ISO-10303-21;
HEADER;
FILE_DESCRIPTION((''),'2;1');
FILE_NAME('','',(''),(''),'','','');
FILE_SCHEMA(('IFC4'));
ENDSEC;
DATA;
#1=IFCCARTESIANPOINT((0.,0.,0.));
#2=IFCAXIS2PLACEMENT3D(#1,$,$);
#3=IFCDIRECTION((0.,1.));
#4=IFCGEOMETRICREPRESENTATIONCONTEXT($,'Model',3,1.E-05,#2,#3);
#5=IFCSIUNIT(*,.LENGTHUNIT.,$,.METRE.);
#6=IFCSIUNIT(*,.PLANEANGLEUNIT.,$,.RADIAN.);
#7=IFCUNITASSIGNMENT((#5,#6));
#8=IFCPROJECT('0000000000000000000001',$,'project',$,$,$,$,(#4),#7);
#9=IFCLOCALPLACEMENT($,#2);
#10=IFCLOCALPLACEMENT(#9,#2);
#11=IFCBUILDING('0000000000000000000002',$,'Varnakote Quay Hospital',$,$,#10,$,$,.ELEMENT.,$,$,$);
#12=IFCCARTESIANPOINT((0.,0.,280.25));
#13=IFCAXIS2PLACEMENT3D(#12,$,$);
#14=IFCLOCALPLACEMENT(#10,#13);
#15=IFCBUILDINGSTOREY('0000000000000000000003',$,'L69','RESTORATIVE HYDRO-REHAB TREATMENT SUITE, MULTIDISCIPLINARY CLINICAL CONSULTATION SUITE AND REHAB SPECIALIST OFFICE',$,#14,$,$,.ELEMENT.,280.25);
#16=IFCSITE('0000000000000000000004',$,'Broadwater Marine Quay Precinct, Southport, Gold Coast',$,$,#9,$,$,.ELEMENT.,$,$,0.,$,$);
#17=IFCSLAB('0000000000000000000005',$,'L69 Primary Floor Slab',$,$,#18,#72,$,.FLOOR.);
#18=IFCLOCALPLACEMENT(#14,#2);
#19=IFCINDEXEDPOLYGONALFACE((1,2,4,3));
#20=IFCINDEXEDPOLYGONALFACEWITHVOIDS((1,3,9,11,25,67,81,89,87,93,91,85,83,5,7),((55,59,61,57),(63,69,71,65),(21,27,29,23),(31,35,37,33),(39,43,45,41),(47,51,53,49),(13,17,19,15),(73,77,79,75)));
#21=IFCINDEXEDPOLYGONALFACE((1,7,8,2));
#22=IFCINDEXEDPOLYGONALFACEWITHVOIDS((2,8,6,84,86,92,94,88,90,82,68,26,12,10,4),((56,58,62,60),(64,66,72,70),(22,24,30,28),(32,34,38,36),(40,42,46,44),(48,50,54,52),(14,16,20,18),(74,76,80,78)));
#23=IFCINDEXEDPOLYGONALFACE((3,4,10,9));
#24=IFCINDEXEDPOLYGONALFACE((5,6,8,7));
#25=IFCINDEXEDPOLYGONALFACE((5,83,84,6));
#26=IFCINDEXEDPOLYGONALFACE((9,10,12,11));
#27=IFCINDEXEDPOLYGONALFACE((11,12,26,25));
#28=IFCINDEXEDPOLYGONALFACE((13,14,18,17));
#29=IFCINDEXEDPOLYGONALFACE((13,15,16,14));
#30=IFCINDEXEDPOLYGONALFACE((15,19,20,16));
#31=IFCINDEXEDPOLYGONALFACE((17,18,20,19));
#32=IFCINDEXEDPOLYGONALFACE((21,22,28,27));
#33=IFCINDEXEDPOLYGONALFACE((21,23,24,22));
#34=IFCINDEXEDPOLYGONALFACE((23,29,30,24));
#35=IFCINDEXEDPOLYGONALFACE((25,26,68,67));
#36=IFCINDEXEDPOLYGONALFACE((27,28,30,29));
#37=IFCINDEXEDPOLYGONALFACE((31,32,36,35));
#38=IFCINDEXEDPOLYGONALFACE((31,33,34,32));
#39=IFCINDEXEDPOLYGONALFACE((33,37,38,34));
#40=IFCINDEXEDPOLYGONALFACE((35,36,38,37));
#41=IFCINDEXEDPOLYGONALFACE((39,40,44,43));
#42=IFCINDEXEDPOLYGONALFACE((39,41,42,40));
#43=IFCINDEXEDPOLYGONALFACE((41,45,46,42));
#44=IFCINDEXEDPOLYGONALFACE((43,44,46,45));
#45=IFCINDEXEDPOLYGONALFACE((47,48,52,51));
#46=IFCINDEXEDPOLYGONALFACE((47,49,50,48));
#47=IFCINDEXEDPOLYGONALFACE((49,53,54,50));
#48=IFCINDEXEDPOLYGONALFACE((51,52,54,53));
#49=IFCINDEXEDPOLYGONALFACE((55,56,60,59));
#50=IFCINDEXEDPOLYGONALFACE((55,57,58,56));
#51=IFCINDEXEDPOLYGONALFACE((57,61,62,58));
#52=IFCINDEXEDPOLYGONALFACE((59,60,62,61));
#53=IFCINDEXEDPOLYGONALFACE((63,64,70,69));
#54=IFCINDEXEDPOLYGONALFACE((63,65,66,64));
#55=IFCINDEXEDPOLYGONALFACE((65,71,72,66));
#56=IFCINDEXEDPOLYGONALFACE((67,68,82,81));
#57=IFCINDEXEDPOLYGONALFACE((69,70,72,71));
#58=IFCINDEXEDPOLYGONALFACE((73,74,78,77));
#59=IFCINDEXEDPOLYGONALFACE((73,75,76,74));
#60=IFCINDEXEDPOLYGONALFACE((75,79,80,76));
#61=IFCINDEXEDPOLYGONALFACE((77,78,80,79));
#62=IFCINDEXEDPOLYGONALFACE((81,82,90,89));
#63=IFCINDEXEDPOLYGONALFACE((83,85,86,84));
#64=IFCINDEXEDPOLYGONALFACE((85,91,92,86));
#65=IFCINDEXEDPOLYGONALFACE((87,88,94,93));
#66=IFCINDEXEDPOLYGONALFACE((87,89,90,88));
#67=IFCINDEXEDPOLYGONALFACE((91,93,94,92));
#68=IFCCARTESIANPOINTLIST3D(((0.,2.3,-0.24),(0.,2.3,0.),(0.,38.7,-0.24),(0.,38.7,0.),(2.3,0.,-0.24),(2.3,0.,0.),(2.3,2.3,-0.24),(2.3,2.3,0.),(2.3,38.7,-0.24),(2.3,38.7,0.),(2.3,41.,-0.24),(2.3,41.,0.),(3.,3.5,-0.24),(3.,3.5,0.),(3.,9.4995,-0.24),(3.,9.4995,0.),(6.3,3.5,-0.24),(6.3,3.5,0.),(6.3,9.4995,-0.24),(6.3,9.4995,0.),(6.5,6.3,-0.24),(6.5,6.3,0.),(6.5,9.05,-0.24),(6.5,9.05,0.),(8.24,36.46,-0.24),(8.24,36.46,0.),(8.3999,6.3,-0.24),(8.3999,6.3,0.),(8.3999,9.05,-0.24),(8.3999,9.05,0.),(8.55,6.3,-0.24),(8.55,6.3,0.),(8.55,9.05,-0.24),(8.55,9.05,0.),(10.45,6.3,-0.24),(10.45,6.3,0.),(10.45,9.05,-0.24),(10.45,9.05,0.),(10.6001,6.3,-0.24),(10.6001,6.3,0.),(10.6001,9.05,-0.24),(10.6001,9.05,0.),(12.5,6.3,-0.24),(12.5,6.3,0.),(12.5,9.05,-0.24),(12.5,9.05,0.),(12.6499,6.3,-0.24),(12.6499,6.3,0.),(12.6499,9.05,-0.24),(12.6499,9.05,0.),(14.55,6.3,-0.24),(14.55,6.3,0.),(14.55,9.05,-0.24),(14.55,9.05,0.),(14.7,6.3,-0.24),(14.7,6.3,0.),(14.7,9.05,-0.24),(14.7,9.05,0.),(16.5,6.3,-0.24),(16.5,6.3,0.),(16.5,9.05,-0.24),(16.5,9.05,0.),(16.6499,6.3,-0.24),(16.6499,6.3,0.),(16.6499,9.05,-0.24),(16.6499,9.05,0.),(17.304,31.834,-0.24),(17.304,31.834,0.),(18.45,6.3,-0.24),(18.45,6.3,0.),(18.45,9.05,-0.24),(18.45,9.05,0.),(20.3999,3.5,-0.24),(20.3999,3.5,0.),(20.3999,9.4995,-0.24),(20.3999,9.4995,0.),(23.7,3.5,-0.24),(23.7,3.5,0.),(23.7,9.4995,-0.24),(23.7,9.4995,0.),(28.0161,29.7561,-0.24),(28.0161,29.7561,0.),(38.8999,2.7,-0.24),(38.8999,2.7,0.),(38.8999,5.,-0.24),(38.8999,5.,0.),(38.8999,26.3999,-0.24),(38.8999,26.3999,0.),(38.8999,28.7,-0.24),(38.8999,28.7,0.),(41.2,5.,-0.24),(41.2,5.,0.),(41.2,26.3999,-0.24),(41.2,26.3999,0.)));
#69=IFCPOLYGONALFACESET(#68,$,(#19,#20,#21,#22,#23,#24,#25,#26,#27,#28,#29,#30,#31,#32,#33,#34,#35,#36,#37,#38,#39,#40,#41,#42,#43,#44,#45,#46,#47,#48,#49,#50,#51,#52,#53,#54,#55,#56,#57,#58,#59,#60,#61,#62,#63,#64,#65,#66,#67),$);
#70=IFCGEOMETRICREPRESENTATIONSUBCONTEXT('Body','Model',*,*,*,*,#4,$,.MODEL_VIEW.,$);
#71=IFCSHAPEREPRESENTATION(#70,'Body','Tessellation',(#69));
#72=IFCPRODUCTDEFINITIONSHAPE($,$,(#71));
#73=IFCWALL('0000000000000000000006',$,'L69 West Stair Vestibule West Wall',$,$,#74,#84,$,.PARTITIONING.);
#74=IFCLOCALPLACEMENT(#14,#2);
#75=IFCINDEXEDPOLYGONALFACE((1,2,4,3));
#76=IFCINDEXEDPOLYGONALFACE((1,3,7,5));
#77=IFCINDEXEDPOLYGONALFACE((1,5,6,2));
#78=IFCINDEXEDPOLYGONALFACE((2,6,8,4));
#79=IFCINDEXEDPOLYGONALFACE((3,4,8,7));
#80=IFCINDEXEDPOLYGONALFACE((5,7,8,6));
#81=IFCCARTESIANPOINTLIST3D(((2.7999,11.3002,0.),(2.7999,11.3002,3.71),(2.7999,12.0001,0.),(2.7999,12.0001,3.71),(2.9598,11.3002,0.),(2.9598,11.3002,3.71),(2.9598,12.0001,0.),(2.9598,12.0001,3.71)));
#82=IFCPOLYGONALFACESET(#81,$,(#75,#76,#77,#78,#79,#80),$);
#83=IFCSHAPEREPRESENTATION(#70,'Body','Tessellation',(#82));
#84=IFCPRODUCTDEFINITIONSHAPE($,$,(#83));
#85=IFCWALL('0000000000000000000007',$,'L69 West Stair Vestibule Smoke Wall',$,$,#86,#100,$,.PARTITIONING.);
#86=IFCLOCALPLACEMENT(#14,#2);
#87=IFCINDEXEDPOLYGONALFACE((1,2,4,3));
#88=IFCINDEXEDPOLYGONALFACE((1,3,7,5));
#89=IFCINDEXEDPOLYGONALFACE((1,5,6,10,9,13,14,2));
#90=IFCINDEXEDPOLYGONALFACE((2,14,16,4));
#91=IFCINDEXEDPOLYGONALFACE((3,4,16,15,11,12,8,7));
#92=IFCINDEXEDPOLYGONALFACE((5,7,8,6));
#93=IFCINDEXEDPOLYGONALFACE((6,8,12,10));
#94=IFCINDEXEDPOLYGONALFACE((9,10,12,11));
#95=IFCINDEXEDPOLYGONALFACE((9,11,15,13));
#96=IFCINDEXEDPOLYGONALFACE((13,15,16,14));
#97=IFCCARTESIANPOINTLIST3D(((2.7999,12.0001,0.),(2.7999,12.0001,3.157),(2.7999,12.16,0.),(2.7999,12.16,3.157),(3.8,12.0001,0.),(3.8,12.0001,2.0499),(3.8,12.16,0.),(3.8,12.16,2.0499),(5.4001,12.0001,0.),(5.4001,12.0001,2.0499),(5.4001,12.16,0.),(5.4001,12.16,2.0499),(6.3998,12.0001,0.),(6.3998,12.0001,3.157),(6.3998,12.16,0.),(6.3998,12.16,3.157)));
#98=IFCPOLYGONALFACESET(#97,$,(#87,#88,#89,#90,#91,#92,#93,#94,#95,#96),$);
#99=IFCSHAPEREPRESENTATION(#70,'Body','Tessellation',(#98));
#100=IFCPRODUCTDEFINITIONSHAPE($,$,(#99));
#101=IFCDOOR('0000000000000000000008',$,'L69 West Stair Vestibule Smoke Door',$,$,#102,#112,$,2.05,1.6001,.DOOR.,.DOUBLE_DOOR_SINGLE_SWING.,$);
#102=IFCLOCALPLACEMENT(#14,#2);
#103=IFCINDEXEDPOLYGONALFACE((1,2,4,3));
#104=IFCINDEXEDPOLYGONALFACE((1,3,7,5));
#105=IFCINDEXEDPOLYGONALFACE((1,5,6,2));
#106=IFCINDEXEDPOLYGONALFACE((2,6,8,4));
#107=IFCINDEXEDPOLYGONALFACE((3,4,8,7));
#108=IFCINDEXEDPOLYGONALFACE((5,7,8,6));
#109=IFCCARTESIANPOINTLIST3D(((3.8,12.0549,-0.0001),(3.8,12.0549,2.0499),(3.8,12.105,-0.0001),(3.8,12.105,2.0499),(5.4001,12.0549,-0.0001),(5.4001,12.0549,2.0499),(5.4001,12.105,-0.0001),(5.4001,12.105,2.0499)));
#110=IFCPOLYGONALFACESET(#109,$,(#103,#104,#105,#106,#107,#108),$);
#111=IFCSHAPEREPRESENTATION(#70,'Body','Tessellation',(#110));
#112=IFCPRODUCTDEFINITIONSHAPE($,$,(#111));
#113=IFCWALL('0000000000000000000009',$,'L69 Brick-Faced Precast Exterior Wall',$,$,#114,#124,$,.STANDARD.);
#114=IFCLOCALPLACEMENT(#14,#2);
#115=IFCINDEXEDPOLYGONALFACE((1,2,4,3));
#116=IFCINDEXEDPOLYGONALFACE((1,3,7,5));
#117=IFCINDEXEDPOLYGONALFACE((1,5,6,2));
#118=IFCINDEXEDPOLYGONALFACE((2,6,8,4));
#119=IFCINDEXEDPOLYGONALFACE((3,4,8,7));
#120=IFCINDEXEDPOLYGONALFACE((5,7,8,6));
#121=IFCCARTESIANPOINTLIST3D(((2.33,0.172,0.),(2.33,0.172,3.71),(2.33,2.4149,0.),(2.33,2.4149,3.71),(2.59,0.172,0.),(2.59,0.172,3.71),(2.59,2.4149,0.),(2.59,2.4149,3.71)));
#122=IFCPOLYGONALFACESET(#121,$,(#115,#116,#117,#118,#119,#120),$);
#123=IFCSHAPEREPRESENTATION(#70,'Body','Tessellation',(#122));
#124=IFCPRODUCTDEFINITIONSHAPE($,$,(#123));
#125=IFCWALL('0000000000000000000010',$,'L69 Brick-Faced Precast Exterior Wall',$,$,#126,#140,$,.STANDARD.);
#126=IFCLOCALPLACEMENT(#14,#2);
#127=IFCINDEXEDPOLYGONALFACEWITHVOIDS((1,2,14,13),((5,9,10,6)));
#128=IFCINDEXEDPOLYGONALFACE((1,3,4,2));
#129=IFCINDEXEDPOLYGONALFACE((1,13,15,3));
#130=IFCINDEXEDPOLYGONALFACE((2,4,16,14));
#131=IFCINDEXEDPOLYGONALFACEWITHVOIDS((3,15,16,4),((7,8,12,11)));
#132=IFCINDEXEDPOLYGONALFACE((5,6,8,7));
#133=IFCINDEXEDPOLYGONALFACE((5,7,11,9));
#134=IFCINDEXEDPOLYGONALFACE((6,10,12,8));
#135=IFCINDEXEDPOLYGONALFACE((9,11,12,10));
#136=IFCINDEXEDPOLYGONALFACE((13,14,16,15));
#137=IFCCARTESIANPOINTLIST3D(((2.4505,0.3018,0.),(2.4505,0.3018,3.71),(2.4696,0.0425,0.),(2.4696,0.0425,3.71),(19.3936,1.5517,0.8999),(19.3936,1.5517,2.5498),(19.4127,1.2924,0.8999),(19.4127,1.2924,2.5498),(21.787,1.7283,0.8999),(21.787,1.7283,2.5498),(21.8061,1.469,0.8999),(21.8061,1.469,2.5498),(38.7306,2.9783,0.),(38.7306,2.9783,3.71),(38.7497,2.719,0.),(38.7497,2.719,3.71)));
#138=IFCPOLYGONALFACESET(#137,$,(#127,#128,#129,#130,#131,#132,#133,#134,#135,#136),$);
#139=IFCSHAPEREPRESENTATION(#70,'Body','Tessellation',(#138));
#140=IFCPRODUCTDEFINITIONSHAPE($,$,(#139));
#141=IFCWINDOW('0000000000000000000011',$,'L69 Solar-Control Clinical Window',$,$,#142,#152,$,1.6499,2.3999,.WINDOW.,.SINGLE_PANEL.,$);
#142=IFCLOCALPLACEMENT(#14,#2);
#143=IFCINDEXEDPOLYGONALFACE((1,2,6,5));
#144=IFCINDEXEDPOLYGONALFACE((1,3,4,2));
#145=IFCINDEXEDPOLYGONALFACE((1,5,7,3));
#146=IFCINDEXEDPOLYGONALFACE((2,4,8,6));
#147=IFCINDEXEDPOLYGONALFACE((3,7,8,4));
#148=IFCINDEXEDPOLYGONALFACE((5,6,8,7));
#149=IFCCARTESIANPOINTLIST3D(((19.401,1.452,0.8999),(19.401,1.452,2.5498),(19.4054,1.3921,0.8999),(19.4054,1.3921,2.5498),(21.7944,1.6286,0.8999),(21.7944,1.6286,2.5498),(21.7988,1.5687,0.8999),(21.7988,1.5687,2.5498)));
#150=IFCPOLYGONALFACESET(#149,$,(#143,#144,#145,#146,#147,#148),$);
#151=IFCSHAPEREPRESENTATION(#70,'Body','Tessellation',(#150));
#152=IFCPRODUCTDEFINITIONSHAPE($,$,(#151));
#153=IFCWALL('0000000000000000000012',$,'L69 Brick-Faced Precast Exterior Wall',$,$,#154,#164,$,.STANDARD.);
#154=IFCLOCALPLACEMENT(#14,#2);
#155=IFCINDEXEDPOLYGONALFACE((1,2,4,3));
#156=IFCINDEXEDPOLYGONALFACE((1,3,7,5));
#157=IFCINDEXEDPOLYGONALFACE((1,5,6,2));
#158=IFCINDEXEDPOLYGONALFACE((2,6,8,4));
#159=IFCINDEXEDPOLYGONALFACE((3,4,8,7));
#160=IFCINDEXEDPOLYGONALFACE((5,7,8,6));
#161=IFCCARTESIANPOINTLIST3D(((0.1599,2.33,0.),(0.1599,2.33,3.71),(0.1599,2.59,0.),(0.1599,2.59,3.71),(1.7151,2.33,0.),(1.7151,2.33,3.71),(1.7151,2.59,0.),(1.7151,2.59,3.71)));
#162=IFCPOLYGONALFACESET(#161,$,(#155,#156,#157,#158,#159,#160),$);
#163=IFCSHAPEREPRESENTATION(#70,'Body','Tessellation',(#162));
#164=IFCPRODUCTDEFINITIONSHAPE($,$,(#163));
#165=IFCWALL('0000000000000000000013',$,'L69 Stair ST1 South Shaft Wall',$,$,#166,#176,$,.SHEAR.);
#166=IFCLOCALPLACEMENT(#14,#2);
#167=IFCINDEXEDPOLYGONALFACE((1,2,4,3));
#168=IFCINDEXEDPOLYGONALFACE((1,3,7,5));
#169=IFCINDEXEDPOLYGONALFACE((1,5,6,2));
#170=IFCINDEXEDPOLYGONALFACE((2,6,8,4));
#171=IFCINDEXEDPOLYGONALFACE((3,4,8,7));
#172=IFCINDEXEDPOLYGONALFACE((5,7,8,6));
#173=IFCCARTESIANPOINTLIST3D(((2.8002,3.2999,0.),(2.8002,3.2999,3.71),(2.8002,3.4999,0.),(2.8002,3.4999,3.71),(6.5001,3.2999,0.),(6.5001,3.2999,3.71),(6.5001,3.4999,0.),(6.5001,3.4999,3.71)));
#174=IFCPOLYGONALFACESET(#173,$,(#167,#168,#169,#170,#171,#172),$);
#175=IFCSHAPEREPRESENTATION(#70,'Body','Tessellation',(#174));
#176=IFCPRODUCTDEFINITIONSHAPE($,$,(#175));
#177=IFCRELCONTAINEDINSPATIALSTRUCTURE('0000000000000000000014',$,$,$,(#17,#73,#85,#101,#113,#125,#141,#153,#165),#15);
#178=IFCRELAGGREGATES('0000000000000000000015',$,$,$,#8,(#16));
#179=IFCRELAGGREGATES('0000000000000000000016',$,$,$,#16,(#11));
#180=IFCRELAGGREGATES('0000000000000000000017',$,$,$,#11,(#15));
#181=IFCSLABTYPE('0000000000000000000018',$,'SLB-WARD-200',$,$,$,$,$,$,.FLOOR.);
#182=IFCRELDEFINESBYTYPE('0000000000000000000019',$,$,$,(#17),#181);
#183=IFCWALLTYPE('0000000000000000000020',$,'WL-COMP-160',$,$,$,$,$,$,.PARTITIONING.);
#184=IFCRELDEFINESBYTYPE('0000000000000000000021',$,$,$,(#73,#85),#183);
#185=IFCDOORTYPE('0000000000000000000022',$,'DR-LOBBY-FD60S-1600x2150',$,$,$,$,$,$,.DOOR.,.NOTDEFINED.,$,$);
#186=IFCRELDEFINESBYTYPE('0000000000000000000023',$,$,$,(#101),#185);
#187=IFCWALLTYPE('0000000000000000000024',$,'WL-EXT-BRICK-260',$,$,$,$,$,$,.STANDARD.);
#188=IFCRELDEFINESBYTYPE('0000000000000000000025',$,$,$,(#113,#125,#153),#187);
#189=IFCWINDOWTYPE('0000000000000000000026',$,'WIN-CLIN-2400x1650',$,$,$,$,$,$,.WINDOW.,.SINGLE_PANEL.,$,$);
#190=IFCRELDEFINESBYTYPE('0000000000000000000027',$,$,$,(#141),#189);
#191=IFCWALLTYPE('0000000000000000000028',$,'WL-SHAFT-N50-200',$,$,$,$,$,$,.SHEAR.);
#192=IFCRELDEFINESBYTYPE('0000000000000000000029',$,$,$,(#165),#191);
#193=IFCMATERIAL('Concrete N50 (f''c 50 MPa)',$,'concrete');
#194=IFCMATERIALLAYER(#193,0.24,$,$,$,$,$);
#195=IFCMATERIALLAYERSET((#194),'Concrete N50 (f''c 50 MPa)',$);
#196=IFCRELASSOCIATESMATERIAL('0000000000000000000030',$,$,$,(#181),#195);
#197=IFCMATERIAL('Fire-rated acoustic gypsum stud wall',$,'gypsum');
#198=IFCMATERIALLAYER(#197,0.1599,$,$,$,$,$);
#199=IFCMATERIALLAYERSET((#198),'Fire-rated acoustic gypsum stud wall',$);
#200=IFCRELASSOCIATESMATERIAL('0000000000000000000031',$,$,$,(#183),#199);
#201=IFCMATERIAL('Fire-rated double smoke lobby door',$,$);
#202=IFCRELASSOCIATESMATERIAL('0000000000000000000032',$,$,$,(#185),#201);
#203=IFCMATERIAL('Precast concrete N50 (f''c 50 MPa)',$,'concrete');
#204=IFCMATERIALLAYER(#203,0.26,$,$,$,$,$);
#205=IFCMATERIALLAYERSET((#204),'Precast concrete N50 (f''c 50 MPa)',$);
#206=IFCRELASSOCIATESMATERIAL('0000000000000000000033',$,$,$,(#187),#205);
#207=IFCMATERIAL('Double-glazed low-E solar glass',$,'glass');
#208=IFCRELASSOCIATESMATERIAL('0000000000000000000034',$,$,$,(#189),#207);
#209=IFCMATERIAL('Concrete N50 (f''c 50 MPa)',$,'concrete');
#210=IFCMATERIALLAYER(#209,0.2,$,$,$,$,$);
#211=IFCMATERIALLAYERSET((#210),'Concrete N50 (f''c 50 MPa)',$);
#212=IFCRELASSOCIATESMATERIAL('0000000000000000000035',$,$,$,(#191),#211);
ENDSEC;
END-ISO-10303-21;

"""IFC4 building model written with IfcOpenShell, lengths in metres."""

from ifc_helpers import new_model, si_unit, direction, frame, frame_2d, origin, place, context, subcontext, project, spatial, polyline, rectangle, outline, extrude, material, layer, layer_set, type_object, element, fill, save


model = new_model("IFC4")

# Units and contexts
model_context = context("Model", 3, precision=1e-05, world=origin(), true_north=direction((0.0, 1.0)))
body_context = subcontext(model_context, "Body", "Model", "MODEL_VIEW")
ifc_project = project(units=[si_unit("LENGTHUNIT", "METRE"), si_unit("PLANEANGLEUNIT", "RADIAN")], contexts=[model_context])

# Site, building, storey
site_placement = place(None, origin())
site = spatial("IfcSite", under=ifc_project, at=site_placement, Name="Broadwater Marine Quay Precinct, Southport, Gold Coast", CompositionType="ELEMENT", RefElevation=0.0)
building_placement = place(site_placement, origin())
building = spatial("IfcBuilding", under=site, at=building_placement, Name="Varnakote Quay Hospital", CompositionType="ELEMENT")
storey_placement = place(building_placement, frame((0.0, 0.0, 280.25)))
storey = spatial("IfcBuildingStorey", under=building, at=storey_placement, Name="L69", Description="RESTORATIVE HYDRO-REHAB TREATMENT SUITE, MULTIDISCIPLINARY CLINICAL CONSULTATION SUITE AND REHAB SPECIALIST OFFICE", CompositionType="ELEMENT", Elevation=280.25)

# Slab
ifc_material_1 = material(Name="Concrete N50 (f'c 50 MPa)", Category="concrete")
ifc_layer_1 = layer(ifc_material_1, 0.24)
ifc_layer_set_1 = layer_set([ifc_layer_1], Name="Concrete N50 (f'c 50 MPa)")
slab_type_1 = type_object("IfcSlabType", Name="SLB-WARD-200", PredefinedType="FLOOR", material=ifc_layer_set_1)
slab_1_placement = place(storey_placement, frame((0.0, 0.0, -0.24)))
element("IfcSlab", 1, at=slab_1_placement, inside=storey, type_object=slab_type_1, Name="L69 Primary Floor Slab", PredefinedType="FLOOR", context=body_context, shape_type="SweptSolid", body=[
    extrude(outline(polyline([(0.0, 2.3), (2.3, 2.3), (2.3, 0.0), (38.8999, 2.7), (38.8999, 5.0), (41.2, 5.0), (41.2, 26.3999), (38.8999, 26.3999), (38.8999, 28.7), (28.0161, 29.7561), (17.304, 31.834), (8.24, 36.46), (2.3, 41.0), (2.3, 38.7), (0.0, 38.7), (0.0, 2.3)]), holes=[polyline([(3.0, 3.5), (6.3, 3.5), (6.3, 9.4995), (3.0, 9.4995), (3.0, 3.5)]), polyline([(20.3999, 3.5), (23.7, 3.5), (23.7, 9.4995), (20.3999, 9.4995), (20.3999, 3.5)]), polyline([(6.5, 6.3), (8.3999, 6.3), (8.3999, 9.05), (6.5, 9.05), (6.5, 6.3)]), polyline([(8.55, 6.3), (10.45, 6.3), (10.45, 9.05), (8.55, 9.05), (8.55, 6.3)]), polyline([(10.6001, 6.3), (12.5, 6.3), (12.5, 9.05), (10.6001, 9.05), (10.6001, 6.3)]), polyline([(12.6499, 6.3), (14.55, 6.3), (14.55, 9.05), (12.6499, 9.05), (12.6499, 6.3)]), polyline([(14.7, 6.3), (16.5, 6.3), (16.5, 9.05), (14.7, 9.05), (14.7, 6.3)]), polyline([(16.6499, 6.3), (18.45, 6.3), (18.45, 9.05), (16.6499, 9.05), (16.6499, 6.3)])]), origin(), (0.0, 0.0, 1.0), 0.24),
])

# Wall
ifc_material_2 = material(Name="Fire-rated acoustic gypsum stud wall", Category="gypsum")
ifc_layer_2 = layer(ifc_material_2, 0.1599)
ifc_layer_set_2 = layer_set([ifc_layer_2], Name="Fire-rated acoustic gypsum stud wall")
wall_type_1 = type_object("IfcWallType", Name="WL-COMP-160", PredefinedType="PARTITIONING", material=ifc_layer_set_2)
wall_1_placement = place(storey_placement, frame((2.8799, 11.3, 0.0), z_axis=(0.0, 0.0, 1.0), x_axis=(0.0, 1.0, 0.0)))
element("IfcWall", 2, at=wall_1_placement, inside=storey, type_object=wall_type_1, Name="L69 West Stair Vestibule West Wall", PredefinedType="PARTITIONING", context=body_context, shape_type="SweptSolid", body=[
    extrude(rectangle(XDim=0.7, YDim=0.1599, at=frame_2d((0.3501, 0.0))), origin(), (0.0, 0.0, 1.0), 3.71),
])

# Wall, opening, door
wall_2_placement = place(storey_placement, frame((2.8, 12.0801, 0.0), z_axis=(0.0, 0.0, 1.0), x_axis=(1.0, 0.0, 0.0)))
wall_2 = element("IfcWall", 3, at=wall_2_placement, inside=storey, type_object=wall_type_1, Name="L69 West Stair Vestibule Smoke Wall", PredefinedType="PARTITIONING", context=body_context, shape_type="SweptSolid", body=[
    extrude(rectangle(XDim=3.5999, YDim=0.1599, at=frame_2d((1.7998, 0.0))), origin(), (0.0, 0.0, 1.0), 3.157),
])
opening_1_placement = place(wall_2_placement, frame((1.0, 0.0, 0.0)))
opening_1 = element("IfcOpeningElement", 4, at=opening_1_placement, cuts=wall_2, PredefinedType="OPENING", context=body_context, shape_type="SweptSolid", body=[
    extrude(rectangle(XDim=1.6001, YDim=2.05, at=frame_2d((0.8, 1.0249))), frame((0.0, 0.0898, 0.0), z_axis=(0.0, -1.0, 0.0), x_axis=(1.0, 0.0, 0.0)), (0.0, 0.0, 1.0), 0.1799),
])
ifc_material_3 = material(Name="Fire-rated double smoke lobby door")
door_type_1 = type_object("IfcDoorType", Name="DR-LOBBY-FD60S-1600x2150", OperationType="NOTDEFINED", PredefinedType="DOOR", material=ifc_material_3)
door_1_placement = place(opening_1_placement, origin())
door_1 = element("IfcDoor", 5, at=door_1_placement, inside=storey, type_object=door_type_1, Name="L69 West Stair Vestibule Smoke Door", OperationType="DOUBLE_DOOR_SINGLE_SWING", OverallHeight=2.05, OverallWidth=1.6001, PredefinedType="DOOR", context=body_context, shape_type="SweptSolid", body=[
    extrude(rectangle(XDim=1.6001, YDim=2.05, at=frame_2d((0.8, 1.0249))), frame((0.0, 0.0249, 0.0), z_axis=(0.0, -1.0, 0.0), x_axis=(1.0, 0.0, 0.0)), (0.0, 0.0, 1.0), 0.05),
])
fill(opening_1, door_1)

# Wall
ifc_material_4 = material(Name="Precast concrete N50 (f'c 50 MPa)", Category="concrete")
ifc_layer_3 = layer(ifc_material_4, 0.26)
ifc_layer_set_3 = layer_set([ifc_layer_3], Name="Precast concrete N50 (f'c 50 MPa)")
wall_type_2 = type_object("IfcWallType", Name="WL-EXT-BRICK-260", PredefinedType="STANDARD", material=ifc_layer_set_3)
wall_3_placement = place(storey_placement, frame((2.46, 2.415, 0.0), z_axis=(0.0, 0.0, 1.0), x_axis=(0.0, -1.0, 0.0)))
element("IfcWall", 6, at=wall_3_placement, inside=storey, type_object=wall_type_2, Name="L69 Brick-Faced Precast Exterior Wall", PredefinedType="STANDARD", context=body_context, shape_type="SweptSolid", body=[
    extrude(rectangle(XDim=2.2429, YDim=0.26, at=frame_2d((1.1216, 0.0))), origin(), (0.0, 0.0, 1.0), 3.71),
])

# Wall, opening, window
wall_4_placement = place(storey_placement, frame((2.46, 0.1721, 0.0), z_axis=(0.0, 0.0, 1.0), x_axis=(0.99729, 0.073574, 0.0)))
wall_4 = element("IfcWall", 7, at=wall_4_placement, inside=storey, type_object=wall_type_2, Name="L69 Brick-Faced Precast Exterior Wall", PredefinedType="STANDARD", context=body_context, shape_type="SweptSolid", body=[
    extrude(rectangle(XDim=36.3787, YDim=0.26, at=frame_2d((18.1895, 0.0))), origin(), (0.0, 0.0, 1.0), 3.71),
])
opening_2_placement = place(wall_4_placement, frame((16.9893, 0.0, 0.8999)))
opening_2 = element("IfcOpeningElement", 8, at=opening_2_placement, cuts=wall_4, PredefinedType="OPENING", context=body_context, shape_type="SweptSolid", body=[
    extrude(rectangle(XDim=2.3999, YDim=1.6499, at=frame_2d((1.2, 0.825))), frame((0.0, 0.1399, 0.0), z_axis=(0.0, -1.0, 0.0), x_axis=(1.0, 0.0, 0.0)), (0.0, 0.0, 1.0), 0.28),
])
ifc_material_5 = material(Name="Double-glazed low-E solar glass", Category="glass")
window_type = type_object("IfcWindowType", Name="WIN-CLIN-2400x1650", PartitioningType="SINGLE_PANEL", PredefinedType="WINDOW", material=ifc_material_5)
window_placement = place(opening_2_placement, origin())
window = element("IfcWindow", 9, at=window_placement, inside=storey, type_object=window_type, Name="L69 Solar-Control Clinical Window", OverallHeight=1.6499, OverallWidth=2.3999, PartitioningType="SINGLE_PANEL", PredefinedType="WINDOW", context=body_context, shape_type="SweptSolid", body=[
    extrude(rectangle(XDim=2.3999, YDim=1.6499, at=frame_2d((1.2, 0.825))), frame((0.0, 0.03, 0.0), z_axis=(0.0, -1.0, 0.0), x_axis=(1.0, 0.0, 0.0)), (0.0, 0.0, 1.0), 0.0601),
])
fill(opening_2, window)

# Walls
wall_5_placement = place(storey_placement, frame((0.1599, 2.46, 0.0), z_axis=(0.0, 0.0, 1.0), x_axis=(1.0, 0.0, 0.0)))
element("IfcWall", 10, at=wall_5_placement, inside=storey, type_object=wall_type_2, Name="L69 Brick-Faced Precast Exterior Wall", PredefinedType="STANDARD", context=body_context, shape_type="SweptSolid", body=[
    extrude(rectangle(XDim=1.5552, YDim=0.26, at=frame_2d((0.7776, 0.0))), origin(), (0.0, 0.0, 1.0), 3.71),
])
ifc_material_6 = material(Name="Concrete N50 (f'c 50 MPa)", Category="concrete")
ifc_layer_4 = layer(ifc_material_6, 0.2)
ifc_layer_set_4 = layer_set([ifc_layer_4], Name="Concrete N50 (f'c 50 MPa)")
wall_type_3 = type_object("IfcWallType", Name="WL-SHAFT-N50-200", PredefinedType="SHEAR", material=ifc_layer_set_4)
wall_6_placement = place(storey_placement, frame((2.8, 3.3999, 0.0), z_axis=(0.0, 0.0, 1.0), x_axis=(1.0, 0.0, 0.0)))
element("IfcWall", 11, at=wall_6_placement, inside=storey, type_object=wall_type_3, Name="L69 Stair ST1 South Shaft Wall", PredefinedType="SHEAR", context=body_context, shape_type="SweptSolid", body=[
    extrude(rectangle(XDim=3.7, YDim=0.2, at=frame_2d((1.8501, 0.0))), origin(), (0.0, 0.0, 1.0), 3.71),
])

save(model, "model.ifc")
